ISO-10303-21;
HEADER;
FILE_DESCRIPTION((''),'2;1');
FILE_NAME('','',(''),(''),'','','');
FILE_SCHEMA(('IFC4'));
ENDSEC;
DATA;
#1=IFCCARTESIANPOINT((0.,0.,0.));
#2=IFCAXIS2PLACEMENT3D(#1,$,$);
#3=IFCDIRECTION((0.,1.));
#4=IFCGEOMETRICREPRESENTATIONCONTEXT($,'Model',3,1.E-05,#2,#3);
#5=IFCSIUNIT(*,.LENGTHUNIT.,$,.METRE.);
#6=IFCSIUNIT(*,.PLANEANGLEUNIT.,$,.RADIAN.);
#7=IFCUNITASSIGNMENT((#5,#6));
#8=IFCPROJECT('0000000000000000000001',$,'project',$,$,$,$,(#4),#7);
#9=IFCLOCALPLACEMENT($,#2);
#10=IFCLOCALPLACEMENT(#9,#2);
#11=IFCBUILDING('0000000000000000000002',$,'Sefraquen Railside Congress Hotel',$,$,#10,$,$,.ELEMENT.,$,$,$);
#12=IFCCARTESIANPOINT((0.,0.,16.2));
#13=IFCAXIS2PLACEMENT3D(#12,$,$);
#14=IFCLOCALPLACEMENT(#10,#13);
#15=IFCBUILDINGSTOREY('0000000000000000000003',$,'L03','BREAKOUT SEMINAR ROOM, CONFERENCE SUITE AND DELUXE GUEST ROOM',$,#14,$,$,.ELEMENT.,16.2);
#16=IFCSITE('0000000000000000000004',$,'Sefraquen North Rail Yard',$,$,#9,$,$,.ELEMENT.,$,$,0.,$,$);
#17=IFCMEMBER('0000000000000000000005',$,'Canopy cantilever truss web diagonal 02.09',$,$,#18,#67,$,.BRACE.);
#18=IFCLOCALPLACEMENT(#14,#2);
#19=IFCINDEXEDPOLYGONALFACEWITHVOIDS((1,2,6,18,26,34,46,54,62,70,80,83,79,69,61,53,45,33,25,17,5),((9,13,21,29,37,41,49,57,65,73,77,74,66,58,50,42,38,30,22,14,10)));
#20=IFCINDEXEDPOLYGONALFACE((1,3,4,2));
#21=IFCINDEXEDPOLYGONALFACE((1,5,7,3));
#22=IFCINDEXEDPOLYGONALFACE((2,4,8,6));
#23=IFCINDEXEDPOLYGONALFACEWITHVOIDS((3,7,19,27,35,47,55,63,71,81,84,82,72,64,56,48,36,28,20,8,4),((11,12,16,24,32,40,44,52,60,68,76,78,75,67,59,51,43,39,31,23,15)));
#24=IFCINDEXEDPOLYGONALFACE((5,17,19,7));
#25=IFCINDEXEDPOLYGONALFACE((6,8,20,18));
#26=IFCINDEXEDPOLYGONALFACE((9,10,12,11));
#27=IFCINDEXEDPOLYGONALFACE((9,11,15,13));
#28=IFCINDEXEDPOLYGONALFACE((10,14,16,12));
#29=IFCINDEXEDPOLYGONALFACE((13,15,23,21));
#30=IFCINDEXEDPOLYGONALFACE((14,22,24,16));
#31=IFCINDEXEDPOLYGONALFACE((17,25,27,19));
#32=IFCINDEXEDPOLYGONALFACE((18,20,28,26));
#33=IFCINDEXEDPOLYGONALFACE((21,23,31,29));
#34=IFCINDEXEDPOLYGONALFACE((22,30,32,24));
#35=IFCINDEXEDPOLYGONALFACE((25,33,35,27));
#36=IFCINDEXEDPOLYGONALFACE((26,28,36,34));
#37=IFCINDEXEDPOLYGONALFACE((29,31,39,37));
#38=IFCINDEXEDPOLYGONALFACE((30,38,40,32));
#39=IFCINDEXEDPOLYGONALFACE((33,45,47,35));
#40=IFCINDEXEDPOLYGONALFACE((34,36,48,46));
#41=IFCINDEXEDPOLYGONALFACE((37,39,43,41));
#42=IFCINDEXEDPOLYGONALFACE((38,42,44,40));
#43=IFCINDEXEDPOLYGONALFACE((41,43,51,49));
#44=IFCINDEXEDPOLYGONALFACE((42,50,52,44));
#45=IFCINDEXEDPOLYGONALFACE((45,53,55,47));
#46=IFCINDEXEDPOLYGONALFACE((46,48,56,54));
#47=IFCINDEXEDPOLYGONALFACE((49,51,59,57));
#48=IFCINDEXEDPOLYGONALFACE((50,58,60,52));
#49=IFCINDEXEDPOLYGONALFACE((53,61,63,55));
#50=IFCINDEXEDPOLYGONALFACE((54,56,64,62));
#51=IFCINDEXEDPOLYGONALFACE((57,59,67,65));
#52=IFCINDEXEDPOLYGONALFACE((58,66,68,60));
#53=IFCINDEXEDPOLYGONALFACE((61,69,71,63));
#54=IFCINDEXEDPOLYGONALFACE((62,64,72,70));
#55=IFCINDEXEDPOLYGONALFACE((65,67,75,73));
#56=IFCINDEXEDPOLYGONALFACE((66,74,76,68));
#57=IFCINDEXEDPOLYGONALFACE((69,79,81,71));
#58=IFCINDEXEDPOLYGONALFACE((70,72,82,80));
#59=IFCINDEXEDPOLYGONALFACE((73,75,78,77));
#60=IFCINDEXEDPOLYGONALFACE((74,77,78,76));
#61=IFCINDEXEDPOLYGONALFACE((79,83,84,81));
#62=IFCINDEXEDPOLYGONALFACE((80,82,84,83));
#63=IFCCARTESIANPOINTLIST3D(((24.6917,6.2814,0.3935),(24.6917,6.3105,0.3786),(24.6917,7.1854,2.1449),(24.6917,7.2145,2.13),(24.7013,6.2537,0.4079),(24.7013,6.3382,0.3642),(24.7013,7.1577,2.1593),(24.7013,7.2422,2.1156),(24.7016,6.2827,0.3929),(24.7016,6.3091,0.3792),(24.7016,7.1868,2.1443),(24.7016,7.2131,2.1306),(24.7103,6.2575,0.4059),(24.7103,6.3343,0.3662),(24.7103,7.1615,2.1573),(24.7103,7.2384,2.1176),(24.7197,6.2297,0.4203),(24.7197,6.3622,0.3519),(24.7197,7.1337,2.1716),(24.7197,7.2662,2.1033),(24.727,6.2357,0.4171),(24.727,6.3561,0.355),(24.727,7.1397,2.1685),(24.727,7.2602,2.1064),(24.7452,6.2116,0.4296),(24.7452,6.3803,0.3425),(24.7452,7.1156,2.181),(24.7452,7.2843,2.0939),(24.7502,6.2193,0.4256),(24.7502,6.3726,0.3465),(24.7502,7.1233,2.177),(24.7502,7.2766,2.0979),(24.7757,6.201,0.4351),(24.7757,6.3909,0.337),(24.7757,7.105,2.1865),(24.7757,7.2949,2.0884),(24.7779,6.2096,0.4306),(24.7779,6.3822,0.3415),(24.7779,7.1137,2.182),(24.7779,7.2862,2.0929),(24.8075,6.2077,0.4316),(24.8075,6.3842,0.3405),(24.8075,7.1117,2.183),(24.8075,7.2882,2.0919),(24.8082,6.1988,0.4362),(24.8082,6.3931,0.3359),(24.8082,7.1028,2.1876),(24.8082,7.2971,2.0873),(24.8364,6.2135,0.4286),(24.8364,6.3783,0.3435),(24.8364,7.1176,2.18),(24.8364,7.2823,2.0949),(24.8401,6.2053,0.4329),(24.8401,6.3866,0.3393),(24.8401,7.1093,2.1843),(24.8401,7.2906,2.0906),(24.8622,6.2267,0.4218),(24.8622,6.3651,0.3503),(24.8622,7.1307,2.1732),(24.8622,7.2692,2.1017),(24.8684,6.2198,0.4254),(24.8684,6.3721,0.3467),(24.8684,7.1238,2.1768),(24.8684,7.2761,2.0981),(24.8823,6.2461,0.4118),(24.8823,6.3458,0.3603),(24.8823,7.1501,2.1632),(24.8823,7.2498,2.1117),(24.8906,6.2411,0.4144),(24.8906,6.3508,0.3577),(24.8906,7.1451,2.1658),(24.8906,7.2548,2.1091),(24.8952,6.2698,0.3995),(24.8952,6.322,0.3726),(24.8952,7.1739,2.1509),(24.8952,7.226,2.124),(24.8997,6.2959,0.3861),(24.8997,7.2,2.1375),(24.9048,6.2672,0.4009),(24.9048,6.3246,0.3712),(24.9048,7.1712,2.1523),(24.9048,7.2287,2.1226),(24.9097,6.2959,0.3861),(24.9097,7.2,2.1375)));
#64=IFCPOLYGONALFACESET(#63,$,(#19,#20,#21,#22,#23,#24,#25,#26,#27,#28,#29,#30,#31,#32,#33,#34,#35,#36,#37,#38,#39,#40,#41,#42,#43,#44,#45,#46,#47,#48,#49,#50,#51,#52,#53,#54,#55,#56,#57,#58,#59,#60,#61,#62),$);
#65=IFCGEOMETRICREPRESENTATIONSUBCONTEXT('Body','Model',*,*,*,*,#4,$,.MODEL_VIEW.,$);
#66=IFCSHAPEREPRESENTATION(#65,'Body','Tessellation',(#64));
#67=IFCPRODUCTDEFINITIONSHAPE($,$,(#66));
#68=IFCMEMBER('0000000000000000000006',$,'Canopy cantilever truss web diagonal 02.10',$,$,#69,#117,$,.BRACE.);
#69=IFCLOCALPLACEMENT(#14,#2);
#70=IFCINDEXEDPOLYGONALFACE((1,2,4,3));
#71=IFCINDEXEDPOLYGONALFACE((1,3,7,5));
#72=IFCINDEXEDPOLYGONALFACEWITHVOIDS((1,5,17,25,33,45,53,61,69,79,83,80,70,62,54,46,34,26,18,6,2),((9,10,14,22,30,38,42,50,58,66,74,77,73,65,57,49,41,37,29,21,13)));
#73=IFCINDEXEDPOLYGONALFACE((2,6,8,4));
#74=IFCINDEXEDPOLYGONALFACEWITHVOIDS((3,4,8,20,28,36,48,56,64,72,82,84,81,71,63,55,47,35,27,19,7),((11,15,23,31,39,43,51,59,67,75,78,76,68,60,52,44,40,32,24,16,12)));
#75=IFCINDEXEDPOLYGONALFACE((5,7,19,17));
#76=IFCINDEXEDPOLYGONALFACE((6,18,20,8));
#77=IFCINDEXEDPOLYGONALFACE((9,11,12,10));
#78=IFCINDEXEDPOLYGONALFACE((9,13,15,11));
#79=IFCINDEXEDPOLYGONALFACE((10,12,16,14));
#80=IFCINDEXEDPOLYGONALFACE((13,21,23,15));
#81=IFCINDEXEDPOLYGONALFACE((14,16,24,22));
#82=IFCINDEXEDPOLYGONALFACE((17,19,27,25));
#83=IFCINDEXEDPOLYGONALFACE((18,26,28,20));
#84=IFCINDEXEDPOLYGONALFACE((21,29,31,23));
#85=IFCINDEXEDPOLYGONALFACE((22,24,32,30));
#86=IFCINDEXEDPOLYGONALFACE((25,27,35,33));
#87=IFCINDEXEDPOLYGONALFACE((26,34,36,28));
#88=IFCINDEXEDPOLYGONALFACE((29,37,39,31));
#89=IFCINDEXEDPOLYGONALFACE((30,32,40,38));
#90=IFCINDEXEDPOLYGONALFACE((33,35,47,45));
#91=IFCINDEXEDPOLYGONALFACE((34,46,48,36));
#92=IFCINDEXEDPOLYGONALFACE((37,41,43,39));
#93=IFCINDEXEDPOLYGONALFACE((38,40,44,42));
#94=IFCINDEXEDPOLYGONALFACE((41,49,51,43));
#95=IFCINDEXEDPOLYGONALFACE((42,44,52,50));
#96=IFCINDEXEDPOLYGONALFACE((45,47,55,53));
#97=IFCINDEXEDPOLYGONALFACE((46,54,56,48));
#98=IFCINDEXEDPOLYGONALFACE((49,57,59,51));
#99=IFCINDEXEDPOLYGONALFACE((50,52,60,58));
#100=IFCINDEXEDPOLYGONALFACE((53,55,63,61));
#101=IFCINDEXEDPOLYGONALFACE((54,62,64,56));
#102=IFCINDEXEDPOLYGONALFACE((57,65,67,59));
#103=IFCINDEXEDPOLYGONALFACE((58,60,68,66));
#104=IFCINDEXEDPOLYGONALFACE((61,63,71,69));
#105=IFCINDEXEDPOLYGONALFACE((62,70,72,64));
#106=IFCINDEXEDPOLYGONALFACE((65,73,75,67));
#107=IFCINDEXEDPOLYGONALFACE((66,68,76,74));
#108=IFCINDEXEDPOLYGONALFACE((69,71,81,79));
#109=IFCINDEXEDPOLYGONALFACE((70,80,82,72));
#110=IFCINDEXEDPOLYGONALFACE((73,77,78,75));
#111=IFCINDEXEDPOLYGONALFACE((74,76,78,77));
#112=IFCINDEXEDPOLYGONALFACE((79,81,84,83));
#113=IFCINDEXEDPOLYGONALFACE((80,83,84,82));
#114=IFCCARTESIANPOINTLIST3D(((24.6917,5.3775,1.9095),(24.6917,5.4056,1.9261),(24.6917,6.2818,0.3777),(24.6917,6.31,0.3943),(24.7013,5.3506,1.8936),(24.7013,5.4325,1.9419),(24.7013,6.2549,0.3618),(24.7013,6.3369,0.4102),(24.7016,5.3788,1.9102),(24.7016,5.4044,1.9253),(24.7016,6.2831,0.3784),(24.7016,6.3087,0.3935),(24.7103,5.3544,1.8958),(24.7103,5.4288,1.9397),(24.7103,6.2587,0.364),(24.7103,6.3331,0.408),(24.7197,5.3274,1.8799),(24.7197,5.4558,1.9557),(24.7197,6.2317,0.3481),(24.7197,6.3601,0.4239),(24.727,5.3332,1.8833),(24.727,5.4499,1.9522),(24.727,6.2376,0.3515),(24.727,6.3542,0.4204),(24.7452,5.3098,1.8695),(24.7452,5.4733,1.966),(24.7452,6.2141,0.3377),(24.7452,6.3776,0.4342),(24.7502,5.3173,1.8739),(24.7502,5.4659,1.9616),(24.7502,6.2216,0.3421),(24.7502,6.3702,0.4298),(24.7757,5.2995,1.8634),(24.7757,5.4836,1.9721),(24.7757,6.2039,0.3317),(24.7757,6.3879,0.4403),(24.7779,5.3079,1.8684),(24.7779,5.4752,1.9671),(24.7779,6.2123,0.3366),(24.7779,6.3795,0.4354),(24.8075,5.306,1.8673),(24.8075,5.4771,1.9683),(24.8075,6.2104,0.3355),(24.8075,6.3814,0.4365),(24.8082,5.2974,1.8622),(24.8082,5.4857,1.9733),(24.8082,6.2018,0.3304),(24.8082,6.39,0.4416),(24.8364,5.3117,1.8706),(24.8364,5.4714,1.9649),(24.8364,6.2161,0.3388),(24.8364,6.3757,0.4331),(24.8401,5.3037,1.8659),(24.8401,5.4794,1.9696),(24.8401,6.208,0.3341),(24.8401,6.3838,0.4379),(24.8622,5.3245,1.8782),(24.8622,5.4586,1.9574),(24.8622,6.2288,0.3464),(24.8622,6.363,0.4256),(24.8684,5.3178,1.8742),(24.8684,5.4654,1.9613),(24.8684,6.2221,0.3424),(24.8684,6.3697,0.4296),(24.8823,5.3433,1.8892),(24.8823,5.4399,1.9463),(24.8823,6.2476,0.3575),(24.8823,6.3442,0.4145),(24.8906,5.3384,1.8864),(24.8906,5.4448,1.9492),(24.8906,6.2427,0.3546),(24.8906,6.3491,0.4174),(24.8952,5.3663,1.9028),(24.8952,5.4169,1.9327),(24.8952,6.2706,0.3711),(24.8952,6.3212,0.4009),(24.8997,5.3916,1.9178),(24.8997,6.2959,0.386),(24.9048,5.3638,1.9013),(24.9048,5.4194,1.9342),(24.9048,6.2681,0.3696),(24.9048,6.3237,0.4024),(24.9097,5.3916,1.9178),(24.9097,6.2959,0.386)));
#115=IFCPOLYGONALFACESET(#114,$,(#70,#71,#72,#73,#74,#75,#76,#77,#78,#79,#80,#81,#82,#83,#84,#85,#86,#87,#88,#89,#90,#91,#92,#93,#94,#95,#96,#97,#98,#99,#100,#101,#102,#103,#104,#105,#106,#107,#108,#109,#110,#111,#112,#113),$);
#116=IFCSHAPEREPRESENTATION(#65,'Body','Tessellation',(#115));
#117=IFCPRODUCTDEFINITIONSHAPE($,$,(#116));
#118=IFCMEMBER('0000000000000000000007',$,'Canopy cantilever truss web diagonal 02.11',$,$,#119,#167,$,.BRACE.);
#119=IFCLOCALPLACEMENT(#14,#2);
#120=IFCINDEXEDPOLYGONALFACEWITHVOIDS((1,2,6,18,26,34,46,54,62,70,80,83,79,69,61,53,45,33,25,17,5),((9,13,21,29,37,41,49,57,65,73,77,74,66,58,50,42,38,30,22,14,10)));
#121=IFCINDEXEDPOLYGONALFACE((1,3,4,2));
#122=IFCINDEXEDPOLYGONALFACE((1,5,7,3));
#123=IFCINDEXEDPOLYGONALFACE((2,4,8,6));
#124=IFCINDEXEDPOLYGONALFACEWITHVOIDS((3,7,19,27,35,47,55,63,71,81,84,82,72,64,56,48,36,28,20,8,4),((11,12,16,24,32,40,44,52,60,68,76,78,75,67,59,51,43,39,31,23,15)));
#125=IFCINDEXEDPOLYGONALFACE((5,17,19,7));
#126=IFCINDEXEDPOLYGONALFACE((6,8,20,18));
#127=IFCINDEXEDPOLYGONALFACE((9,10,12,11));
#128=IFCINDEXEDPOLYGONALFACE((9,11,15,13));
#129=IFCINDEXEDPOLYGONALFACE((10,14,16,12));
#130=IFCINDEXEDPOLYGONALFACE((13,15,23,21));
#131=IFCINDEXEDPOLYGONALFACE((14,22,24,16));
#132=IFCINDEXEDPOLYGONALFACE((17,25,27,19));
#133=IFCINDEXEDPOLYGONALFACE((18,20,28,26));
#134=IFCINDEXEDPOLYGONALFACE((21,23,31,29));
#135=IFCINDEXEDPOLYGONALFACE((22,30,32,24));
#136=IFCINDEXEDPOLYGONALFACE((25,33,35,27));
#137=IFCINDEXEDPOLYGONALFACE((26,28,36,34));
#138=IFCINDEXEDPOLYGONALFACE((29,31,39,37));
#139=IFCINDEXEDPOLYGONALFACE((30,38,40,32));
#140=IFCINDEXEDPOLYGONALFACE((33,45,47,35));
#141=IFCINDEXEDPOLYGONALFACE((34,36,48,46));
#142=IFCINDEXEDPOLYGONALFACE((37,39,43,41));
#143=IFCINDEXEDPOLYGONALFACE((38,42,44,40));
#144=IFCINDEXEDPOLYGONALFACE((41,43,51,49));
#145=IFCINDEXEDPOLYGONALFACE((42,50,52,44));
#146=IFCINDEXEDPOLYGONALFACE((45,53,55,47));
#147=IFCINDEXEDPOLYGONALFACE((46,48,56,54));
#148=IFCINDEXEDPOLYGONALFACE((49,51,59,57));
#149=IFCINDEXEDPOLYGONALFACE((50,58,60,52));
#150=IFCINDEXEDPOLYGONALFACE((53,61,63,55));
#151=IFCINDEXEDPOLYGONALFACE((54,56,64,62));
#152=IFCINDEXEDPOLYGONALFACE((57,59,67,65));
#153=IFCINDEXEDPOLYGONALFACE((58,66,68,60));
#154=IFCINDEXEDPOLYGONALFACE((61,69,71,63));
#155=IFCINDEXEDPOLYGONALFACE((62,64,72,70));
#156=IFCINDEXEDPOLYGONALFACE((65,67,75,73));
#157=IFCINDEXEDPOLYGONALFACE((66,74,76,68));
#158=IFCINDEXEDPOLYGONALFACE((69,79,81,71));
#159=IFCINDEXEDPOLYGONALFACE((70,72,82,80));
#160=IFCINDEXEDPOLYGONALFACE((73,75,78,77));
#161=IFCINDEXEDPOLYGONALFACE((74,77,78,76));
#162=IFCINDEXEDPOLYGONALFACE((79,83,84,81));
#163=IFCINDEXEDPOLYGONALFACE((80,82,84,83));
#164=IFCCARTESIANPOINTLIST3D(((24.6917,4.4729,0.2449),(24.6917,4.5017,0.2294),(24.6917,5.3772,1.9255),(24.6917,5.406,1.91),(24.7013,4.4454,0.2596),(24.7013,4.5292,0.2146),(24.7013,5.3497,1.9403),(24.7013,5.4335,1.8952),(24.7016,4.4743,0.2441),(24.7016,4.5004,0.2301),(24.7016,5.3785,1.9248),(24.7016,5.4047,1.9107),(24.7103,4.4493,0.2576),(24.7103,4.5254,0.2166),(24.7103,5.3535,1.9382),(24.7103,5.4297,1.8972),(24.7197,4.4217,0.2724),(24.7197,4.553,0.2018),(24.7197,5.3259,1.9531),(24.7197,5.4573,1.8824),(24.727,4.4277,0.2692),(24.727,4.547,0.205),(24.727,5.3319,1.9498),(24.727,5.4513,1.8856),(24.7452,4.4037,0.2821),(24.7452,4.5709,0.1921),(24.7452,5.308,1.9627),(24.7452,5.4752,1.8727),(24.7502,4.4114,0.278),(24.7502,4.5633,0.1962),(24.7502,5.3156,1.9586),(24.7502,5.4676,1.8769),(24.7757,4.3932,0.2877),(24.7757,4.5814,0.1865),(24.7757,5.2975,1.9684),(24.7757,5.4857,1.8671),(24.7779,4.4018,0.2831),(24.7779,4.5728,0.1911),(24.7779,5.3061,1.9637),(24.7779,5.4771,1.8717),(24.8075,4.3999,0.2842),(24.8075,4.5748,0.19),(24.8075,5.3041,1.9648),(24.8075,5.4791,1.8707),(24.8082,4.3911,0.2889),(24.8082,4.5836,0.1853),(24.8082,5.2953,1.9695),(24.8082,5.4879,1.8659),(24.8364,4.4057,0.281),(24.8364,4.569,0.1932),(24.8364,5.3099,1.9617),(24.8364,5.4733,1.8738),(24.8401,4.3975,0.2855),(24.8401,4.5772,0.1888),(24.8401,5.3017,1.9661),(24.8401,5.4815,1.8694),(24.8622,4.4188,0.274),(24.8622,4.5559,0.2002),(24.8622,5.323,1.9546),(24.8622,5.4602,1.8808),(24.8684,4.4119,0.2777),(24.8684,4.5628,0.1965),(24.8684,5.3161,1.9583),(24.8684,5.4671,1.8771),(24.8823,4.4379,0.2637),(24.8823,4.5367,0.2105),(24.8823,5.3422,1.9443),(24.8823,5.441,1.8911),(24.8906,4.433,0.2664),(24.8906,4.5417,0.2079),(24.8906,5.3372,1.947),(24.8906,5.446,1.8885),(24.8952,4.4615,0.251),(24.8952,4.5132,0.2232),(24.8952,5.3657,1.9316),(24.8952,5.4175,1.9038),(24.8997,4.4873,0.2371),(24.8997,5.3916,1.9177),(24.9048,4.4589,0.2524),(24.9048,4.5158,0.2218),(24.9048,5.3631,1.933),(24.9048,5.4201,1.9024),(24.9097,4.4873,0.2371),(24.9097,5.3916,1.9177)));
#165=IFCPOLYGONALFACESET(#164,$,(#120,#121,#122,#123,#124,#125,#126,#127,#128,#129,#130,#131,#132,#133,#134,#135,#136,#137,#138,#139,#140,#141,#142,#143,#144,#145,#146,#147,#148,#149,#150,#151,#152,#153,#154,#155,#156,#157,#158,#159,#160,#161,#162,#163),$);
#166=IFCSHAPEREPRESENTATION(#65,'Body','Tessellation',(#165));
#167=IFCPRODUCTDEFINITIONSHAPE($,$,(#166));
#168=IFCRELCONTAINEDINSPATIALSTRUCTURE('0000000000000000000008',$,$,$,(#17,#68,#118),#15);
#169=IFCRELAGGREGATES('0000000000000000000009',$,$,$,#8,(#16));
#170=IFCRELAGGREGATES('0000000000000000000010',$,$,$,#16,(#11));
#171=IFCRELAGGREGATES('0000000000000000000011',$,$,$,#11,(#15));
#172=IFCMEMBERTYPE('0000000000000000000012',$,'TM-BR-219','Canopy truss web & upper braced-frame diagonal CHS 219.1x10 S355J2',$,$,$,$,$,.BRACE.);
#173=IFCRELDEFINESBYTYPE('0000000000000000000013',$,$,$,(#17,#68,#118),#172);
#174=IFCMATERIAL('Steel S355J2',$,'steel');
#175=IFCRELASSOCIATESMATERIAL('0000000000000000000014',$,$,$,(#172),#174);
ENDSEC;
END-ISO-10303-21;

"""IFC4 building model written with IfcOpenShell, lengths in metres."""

from ifc_helpers import new_model, si_unit, direction, frame, origin, origin_2d, place, context, subcontext, project, spatial, hollow_circle, extrude, material, material_profile, profile_set, type_object, element, save


model = new_model("IFC4")

# Units and contexts
model_context = context("Model", 3, precision=1e-05, world=origin(), true_north=direction((0.0, 1.0)))
body_context = subcontext(model_context, "Body", "Model", "MODEL_VIEW")
ifc_project = project(units=[si_unit("LENGTHUNIT", "METRE"), si_unit("PLANEANGLEUNIT", "RADIAN")], contexts=[model_context])

# Site, building, storey
site_placement = place(None, origin())
site = spatial("IfcSite", under=ifc_project, at=site_placement, Name="Sefraquen North Rail Yard", CompositionType="ELEMENT", RefElevation=0.0)
building_placement = place(site_placement, origin())
building = spatial("IfcBuilding", under=site, at=building_placement, Name="Sefraquen Railside Congress Hotel", CompositionType="ELEMENT")
storey_placement = place(building_placement, frame((0.0, 0.0, 16.2)))
storey = spatial("IfcBuildingStorey", under=building, at=storey_placement, Name="L03", Description="BREAKOUT SEMINAR ROOM, CONFERENCE SUITE AND DELUXE GUEST ROOM", CompositionType="ELEMENT", Elevation=16.2)

# Members
ifc_material_1 = material(Name="Steel S355J2", Category="steel")
ifc_material_profile_1 = material_profile(ifc_material_1, hollow_circle(Radius=0.1096, WallThickness=0.01, at=origin_2d()), Name="CHS 219.1x10")
ifc_profile_set_1 = profile_set([ifc_material_profile_1], Name="Steel S355J2")
member_type_1 = type_object("IfcMemberType", Name="TM-BR-219", Description="Canopy truss web & upper braced-frame diagonal CHS 219.1x10 S355J2", PredefinedType="BRACE", material=ifc_profile_set_1)
member_1_placement = place(storey_placement, frame((24.8, 7.2, 2.1375), z_axis=(0.0, -0.458671, -0.888606), x_axis=(1.0, 0.0, 0.0)))
element("IfcMember", 1, at=member_1_placement, inside=storey, type_object=member_type_1, Name="Canopy cantilever truss web diagonal 02.09", PredefinedType="BRACE", context=body_context, shape_type="SweptSolid", body=[
    extrude(hollow_circle(Radius=0.1096, WallThickness=0.01, at=origin_2d()), origin(), (0.0, 0.0, 1.0), 1.9709),
])
member_2_placement = place(storey_placement, frame((24.8, 6.2959, 0.386), z_axis=(0.0, -0.508387, 0.861129), x_axis=(1.0, 0.0, 0.0)))
element("IfcMember", 2, at=member_2_placement, inside=storey, type_object=member_type_1, Name="Canopy cantilever truss web diagonal 02.10", PredefinedType="BRACE", context=body_context, shape_type="SweptSolid", body=[
    extrude(hollow_circle(Radius=0.1096, WallThickness=0.01, at=origin_2d()), origin(), (0.0, 0.0, 1.0), 1.7788),
])
member_3_placement = place(storey_placement, frame((24.8, 5.3916, 1.9177), z_axis=(0.0, -0.473825, -0.880619), x_axis=(1.0, 0.0, 0.0)))
element("IfcMember", 3, at=member_3_placement, inside=storey, type_object=member_type_1, Name="Canopy cantilever truss web diagonal 02.11", PredefinedType="BRACE", context=body_context, shape_type="SweptSolid", body=[
    extrude(hollow_circle(Radius=0.1096, WallThickness=0.01, at=origin_2d()), origin(), (0.0, 0.0, 1.0), 1.9084),
])

save(model, "model.ifc")
